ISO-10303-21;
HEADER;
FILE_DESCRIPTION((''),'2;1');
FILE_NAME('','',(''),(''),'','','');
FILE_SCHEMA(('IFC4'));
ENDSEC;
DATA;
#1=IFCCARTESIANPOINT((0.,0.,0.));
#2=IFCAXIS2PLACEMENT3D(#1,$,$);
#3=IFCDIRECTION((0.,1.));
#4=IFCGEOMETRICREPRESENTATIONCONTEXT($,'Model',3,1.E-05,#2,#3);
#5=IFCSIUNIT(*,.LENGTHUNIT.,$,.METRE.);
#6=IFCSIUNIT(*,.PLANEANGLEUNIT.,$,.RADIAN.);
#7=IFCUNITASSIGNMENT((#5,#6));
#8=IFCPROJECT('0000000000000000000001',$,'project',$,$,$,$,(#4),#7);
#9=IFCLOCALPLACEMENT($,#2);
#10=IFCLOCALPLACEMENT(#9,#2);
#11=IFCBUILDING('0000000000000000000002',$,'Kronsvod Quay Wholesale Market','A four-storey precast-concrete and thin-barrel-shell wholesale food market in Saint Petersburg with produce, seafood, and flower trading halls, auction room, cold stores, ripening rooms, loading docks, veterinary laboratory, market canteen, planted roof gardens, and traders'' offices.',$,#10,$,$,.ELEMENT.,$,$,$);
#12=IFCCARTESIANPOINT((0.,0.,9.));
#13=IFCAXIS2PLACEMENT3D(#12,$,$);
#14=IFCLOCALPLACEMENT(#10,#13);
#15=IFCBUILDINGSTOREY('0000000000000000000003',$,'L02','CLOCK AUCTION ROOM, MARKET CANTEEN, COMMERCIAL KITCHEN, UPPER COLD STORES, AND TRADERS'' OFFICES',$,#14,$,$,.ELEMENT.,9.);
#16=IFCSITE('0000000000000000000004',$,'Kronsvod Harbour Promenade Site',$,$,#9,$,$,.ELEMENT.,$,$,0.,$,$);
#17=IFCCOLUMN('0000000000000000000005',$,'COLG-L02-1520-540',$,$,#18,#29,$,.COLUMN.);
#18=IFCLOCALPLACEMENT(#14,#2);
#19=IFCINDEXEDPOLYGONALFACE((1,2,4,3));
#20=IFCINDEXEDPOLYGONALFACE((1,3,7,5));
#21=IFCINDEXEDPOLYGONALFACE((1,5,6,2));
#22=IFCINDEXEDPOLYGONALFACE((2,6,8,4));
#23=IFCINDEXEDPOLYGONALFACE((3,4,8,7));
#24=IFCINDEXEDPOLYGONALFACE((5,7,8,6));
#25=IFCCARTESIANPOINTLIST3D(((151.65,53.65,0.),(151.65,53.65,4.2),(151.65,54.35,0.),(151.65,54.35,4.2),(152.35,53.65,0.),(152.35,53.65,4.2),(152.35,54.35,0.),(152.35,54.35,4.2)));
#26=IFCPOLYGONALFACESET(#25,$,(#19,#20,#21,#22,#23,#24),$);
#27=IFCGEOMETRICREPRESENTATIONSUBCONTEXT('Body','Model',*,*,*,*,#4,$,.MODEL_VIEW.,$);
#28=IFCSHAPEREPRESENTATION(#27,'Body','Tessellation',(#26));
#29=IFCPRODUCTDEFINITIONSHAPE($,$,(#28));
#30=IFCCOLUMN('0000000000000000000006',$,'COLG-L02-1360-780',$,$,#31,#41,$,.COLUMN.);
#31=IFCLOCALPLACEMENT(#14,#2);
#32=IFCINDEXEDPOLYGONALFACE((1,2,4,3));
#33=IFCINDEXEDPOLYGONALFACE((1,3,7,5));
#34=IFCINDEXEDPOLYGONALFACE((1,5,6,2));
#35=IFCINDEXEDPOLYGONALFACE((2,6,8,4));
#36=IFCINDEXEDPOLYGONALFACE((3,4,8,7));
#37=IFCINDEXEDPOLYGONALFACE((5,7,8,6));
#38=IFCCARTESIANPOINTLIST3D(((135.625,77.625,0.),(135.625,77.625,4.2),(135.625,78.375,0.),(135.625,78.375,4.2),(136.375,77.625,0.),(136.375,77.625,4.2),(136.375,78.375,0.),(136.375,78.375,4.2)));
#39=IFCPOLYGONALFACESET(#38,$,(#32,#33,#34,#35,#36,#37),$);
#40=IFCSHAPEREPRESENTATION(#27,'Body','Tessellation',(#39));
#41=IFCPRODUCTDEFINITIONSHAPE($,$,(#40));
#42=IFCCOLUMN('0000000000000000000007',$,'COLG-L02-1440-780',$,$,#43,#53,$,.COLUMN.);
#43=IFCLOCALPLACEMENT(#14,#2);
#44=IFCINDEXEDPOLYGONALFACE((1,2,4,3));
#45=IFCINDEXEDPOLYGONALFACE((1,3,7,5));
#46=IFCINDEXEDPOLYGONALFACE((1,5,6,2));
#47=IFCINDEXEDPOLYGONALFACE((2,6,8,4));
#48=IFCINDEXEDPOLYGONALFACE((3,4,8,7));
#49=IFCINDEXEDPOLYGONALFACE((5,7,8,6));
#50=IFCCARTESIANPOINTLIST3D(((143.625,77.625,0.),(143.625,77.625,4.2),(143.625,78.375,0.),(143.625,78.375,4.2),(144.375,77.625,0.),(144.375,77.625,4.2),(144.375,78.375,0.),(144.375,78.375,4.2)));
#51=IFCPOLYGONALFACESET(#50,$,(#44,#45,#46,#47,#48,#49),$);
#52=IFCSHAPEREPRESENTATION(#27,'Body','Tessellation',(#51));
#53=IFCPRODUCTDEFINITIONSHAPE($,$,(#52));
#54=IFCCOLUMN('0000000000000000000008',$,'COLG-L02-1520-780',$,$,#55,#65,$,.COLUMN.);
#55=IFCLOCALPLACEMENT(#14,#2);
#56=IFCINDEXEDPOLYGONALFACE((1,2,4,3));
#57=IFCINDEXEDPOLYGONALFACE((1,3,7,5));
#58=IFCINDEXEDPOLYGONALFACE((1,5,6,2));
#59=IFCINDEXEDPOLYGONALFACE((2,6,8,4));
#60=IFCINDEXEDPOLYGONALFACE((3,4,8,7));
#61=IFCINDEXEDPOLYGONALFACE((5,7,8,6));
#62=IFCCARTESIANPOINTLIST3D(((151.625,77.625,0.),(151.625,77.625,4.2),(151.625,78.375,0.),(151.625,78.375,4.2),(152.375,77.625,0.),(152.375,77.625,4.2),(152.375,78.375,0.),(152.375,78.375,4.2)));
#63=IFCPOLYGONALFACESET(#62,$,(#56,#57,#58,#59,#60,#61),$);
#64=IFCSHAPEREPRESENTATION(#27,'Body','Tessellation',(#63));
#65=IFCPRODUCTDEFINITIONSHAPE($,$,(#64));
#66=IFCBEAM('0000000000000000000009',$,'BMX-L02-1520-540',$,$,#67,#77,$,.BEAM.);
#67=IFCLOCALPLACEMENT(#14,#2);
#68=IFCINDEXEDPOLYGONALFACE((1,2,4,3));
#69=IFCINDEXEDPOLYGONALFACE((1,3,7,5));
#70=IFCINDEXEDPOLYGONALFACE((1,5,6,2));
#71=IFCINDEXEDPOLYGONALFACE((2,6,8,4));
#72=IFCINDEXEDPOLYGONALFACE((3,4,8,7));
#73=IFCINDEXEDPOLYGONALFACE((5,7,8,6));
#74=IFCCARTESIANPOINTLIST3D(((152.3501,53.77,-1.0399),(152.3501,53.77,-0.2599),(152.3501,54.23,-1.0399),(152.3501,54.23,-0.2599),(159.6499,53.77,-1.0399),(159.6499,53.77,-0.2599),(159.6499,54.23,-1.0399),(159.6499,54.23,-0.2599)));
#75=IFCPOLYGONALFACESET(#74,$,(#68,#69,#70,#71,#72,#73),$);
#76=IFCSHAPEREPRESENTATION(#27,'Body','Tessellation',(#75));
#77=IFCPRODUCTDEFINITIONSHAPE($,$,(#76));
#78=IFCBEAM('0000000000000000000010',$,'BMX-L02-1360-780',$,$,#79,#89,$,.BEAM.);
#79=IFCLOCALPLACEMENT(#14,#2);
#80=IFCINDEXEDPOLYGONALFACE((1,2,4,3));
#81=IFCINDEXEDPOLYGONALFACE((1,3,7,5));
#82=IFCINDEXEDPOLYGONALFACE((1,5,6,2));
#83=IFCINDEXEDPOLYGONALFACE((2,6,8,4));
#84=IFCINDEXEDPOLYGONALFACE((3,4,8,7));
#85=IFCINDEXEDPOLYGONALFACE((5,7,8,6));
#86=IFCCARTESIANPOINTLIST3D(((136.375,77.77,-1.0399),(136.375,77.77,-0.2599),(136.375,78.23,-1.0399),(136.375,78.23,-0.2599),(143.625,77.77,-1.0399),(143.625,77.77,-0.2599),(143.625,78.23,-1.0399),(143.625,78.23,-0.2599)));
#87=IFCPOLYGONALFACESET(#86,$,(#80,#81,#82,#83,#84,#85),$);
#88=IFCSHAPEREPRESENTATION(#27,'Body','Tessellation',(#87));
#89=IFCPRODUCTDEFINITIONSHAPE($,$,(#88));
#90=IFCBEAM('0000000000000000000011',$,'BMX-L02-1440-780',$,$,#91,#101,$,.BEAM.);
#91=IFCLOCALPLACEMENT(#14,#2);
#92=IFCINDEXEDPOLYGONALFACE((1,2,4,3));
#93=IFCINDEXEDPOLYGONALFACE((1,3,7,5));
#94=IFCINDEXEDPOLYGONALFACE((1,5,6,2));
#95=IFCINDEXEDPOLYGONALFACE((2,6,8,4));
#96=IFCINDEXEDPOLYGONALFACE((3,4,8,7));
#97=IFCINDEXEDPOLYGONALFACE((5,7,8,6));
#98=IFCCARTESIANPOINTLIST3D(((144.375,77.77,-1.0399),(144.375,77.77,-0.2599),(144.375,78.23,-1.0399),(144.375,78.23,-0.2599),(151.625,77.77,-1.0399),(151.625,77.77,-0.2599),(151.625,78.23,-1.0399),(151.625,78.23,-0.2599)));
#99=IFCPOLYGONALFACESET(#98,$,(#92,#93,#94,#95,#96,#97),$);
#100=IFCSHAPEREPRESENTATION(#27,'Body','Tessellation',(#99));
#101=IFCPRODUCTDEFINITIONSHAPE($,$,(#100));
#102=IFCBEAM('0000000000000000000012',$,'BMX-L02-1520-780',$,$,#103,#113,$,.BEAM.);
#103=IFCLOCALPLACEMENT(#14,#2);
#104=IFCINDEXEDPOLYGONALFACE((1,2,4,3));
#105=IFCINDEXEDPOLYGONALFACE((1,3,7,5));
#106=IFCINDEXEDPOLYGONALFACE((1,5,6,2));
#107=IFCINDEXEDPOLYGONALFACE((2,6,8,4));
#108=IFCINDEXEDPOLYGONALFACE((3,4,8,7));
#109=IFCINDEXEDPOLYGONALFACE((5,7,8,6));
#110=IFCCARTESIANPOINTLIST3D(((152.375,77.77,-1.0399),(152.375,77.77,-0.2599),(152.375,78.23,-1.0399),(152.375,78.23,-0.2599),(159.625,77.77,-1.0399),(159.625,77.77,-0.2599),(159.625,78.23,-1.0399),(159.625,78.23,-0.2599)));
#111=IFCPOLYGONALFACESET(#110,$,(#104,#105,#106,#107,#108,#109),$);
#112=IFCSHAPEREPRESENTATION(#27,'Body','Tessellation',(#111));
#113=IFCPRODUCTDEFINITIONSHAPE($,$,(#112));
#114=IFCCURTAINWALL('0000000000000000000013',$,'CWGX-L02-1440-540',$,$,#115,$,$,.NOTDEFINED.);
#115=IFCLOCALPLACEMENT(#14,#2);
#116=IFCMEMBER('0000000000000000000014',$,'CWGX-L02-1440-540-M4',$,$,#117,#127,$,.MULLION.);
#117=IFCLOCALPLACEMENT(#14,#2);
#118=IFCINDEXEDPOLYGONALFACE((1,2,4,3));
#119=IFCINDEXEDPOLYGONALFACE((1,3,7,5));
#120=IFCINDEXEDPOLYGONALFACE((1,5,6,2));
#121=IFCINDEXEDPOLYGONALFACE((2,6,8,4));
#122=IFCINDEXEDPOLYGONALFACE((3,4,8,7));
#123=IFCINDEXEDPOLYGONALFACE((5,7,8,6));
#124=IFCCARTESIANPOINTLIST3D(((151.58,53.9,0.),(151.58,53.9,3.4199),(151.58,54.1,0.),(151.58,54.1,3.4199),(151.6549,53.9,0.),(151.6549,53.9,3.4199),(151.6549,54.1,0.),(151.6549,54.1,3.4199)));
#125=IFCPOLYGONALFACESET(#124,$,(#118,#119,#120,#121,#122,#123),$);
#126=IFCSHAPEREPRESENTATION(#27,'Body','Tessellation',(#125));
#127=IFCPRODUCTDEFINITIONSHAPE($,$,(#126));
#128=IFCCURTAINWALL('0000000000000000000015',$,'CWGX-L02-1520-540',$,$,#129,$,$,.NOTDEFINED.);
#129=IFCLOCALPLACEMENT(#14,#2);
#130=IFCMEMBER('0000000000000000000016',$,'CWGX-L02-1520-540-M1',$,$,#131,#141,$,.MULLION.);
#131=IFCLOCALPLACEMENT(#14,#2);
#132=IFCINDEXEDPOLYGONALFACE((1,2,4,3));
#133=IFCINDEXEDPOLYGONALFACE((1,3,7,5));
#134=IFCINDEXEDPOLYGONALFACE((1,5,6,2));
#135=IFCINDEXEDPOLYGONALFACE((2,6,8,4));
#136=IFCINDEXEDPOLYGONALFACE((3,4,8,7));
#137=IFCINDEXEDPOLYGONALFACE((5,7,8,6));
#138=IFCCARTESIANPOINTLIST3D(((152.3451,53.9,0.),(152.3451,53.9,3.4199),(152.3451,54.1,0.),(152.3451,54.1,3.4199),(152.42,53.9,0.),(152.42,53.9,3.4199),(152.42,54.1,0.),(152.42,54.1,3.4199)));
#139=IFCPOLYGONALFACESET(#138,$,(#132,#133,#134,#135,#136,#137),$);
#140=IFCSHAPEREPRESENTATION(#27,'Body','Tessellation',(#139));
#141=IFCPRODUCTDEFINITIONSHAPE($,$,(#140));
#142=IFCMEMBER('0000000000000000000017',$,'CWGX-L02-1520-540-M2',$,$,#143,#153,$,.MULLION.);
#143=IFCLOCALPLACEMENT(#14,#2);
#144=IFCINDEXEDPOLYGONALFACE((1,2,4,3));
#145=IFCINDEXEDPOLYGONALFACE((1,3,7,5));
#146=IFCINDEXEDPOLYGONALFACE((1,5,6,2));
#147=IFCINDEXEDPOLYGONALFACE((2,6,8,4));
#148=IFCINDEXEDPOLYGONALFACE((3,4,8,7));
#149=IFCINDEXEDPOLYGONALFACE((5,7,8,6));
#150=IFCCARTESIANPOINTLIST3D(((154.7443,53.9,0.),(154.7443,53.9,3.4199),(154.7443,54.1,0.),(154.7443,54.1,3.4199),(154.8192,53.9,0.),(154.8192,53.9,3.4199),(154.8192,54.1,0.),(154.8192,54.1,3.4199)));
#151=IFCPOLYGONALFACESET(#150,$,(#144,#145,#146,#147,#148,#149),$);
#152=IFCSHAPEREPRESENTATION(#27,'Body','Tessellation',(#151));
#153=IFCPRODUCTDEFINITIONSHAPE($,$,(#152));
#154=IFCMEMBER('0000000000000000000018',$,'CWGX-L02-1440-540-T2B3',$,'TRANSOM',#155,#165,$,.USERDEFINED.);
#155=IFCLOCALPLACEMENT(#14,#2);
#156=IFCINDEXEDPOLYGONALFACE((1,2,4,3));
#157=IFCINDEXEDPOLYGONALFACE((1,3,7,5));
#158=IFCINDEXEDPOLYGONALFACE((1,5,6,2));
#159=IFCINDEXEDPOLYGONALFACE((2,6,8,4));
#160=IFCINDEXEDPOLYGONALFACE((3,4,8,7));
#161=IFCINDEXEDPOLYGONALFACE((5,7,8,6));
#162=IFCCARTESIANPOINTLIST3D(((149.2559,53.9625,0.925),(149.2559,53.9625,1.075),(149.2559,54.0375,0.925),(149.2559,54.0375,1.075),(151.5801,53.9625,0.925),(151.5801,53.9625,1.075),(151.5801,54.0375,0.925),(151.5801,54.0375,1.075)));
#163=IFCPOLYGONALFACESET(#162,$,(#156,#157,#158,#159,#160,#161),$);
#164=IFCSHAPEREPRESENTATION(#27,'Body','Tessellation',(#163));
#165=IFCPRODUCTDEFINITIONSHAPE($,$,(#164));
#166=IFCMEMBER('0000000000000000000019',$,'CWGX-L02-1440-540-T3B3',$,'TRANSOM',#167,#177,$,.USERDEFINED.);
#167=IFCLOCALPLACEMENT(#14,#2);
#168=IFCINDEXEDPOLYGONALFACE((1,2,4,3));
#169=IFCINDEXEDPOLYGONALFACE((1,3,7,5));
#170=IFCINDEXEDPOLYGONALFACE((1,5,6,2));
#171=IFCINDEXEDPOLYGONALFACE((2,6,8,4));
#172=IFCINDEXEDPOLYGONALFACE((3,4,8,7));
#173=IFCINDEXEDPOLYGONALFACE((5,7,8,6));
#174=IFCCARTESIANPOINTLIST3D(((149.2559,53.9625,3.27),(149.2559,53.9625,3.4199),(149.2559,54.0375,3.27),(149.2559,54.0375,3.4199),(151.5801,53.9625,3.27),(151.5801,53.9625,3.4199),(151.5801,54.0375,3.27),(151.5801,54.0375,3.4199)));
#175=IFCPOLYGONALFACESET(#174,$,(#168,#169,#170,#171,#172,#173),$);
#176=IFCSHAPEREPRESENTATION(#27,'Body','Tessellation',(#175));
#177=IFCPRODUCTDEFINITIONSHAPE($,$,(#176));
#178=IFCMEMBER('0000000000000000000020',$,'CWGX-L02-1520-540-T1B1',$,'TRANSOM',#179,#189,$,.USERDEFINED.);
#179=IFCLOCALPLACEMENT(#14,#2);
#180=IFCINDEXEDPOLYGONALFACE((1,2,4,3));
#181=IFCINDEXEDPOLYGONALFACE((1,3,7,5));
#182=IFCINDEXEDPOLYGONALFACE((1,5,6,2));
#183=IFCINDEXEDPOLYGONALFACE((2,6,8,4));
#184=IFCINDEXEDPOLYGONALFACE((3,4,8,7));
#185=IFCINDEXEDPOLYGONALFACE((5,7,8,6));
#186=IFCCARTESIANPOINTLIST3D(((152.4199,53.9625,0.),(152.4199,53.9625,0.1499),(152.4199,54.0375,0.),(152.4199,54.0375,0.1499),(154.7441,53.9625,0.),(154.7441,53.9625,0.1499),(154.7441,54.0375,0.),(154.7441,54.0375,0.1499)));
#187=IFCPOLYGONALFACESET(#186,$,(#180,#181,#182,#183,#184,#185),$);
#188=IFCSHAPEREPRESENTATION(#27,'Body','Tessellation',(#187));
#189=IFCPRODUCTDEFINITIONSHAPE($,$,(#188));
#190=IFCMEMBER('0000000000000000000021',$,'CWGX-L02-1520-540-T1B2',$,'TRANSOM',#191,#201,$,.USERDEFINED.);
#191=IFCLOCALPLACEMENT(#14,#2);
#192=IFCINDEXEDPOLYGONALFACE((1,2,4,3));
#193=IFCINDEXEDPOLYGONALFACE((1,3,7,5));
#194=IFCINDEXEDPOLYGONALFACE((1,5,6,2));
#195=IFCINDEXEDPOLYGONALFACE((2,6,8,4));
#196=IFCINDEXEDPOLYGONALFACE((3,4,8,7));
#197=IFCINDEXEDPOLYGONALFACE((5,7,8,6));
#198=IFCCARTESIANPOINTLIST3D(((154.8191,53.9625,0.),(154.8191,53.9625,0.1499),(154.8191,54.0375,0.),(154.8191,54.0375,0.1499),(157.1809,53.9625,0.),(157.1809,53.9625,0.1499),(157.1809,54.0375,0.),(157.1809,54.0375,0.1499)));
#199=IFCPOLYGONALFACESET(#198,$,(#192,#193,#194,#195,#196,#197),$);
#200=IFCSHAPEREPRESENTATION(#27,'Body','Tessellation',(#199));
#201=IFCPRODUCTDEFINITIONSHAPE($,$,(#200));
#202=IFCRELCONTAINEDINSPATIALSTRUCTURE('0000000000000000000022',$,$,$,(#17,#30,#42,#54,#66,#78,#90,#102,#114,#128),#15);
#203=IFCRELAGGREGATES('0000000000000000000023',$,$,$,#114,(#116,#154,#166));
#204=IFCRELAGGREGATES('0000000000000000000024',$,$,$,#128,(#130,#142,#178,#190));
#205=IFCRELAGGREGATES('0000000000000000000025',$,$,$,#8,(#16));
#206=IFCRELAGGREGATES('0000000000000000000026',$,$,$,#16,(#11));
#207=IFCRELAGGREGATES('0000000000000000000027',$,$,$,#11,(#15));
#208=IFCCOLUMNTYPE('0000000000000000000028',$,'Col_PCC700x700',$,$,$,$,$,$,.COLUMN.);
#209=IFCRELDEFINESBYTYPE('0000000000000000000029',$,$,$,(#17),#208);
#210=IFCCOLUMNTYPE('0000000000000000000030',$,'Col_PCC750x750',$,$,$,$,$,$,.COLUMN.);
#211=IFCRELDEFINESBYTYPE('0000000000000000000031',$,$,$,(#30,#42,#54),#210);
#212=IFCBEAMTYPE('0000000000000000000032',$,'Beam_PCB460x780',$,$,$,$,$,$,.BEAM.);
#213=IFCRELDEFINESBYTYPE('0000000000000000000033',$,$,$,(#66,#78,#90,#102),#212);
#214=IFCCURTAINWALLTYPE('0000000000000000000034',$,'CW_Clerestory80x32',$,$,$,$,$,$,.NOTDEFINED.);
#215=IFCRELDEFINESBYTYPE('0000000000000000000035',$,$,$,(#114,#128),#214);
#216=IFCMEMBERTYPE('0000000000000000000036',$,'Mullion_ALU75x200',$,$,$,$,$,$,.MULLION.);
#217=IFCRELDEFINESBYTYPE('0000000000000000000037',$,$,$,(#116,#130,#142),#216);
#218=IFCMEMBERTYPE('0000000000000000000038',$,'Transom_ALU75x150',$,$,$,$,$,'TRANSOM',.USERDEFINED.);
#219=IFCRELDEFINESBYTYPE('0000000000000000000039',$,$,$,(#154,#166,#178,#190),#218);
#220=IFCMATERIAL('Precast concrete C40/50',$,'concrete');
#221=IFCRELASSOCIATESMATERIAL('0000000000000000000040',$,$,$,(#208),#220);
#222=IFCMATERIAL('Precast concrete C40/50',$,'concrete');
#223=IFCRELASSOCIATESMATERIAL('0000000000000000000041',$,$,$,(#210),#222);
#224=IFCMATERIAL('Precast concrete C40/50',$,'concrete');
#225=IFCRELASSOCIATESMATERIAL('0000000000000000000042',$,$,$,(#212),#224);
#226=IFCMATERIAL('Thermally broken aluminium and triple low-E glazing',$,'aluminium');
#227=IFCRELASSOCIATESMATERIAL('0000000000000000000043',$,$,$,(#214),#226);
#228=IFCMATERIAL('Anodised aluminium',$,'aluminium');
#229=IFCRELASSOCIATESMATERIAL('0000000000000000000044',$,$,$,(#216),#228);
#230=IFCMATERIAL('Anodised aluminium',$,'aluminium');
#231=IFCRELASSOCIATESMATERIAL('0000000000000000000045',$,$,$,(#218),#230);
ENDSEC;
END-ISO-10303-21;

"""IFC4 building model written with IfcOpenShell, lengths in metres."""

from ifc_helpers import new_model, si_unit, direction, frame, origin, origin_2d, place, context, subcontext, project, spatial, rectangle, extrude, material, material_profile, profile_set, type_object, element, aggregate, save


model = new_model("IFC4")

# Units and contexts
model_context = context("Model", 3, precision=1e-05, world=origin(), true_north=direction((0.0, 1.0)))
body_context = subcontext(model_context, "Body", "Model", "MODEL_VIEW")
ifc_project = project(units=[si_unit("LENGTHUNIT", "METRE"), si_unit("PLANEANGLEUNIT", "RADIAN")], contexts=[model_context])

# Site, building, storey
site_placement = place(None, origin())
site = spatial("IfcSite", under=ifc_project, at=site_placement, Name="Kronsvod Harbour Promenade Site", CompositionType="ELEMENT", RefElevation=0.0)
building_placement = place(site_placement, origin())
building = spatial("IfcBuilding", under=site, at=building_placement, Name="Kronsvod Quay Wholesale Market", Description="A four-storey precast-concrete and thin-barrel-shell wholesale food market in Saint Petersburg with produce, seafood, and flower trading halls, auction room, cold stores, ripening rooms, loading docks, veterinary laboratory, market canteen, planted roof gardens, and traders' offices.", CompositionType="ELEMENT")
storey_placement = place(building_placement, frame((0.0, 0.0, 9.0)))
storey = spatial("IfcBuildingStorey", under=building, at=storey_placement, Name="L02", Description="CLOCK AUCTION ROOM, MARKET CANTEEN, COMMERCIAL KITCHEN, UPPER COLD STORES, AND TRADERS' OFFICES", CompositionType="ELEMENT", Elevation=9.0)

# Columns
ifc_material_1 = material(Name="Precast concrete C40/50", Category="concrete")
ifc_material_profile_1 = material_profile(ifc_material_1, rectangle(XDim=0.7, YDim=0.7, at=origin_2d()), Name="PCC700x700")
ifc_profile_set_1 = profile_set([ifc_material_profile_1], Name="Precast concrete C40/50")
column_type_1 = type_object("IfcColumnType", Name="Col_PCC700x700", PredefinedType="COLUMN", material=ifc_profile_set_1)
column_placement = place(storey_placement, frame((152.0, 54.0, 0.0), z_axis=(0.0, 0.0, 1.0), x_axis=(1.0, 0.0, 0.0)))
element("IfcColumn", 1, at=column_placement, inside=storey, type_object=column_type_1, Name="COLG-L02-1520-540", PredefinedType="COLUMN", context=body_context, shape_type="SweptSolid", body=[
    extrude(rectangle(XDim=0.7, YDim=0.7, at=origin_2d()), origin(), (0.0, 0.0, 1.0), 4.2),
])
ifc_material_2 = material(Name="Precast concrete C40/50", Category="concrete")
ifc_material_profile_2 = material_profile(ifc_material_2, rectangle(XDim=0.75, YDim=0.75, at=origin_2d()), Name="COL-07")
ifc_profile_set_2 = profile_set([ifc_material_profile_2], Name="Precast concrete C40/50")
column_type_2 = type_object("IfcColumnType", Name="Col_PCC750x750", PredefinedType="COLUMN", material=ifc_profile_set_2)
for number, where, z_axis, x_axis, name in (
    (2, (136.0, 78.0, 0.0), (0.0, 0.0, 1.0), (1.0, 0.0, 0.0), "COLG-L02-1360-780"),
    (3, (144.0, 78.0, 0.0), (0.0, 0.0, 1.0), (1.0, 0.0, 0.0), "COLG-L02-1440-780"),
    (4, (152.0, 78.0, 0.0), (0.0, 0.0, 1.0), (1.0, 0.0, 0.0), "COLG-L02-1520-780"),
):
    element("IfcColumn", number, at=place(storey_placement, frame(where, z_axis=z_axis, x_axis=x_axis)), inside=storey, type_object=column_type_2, Name=name, PredefinedType="COLUMN", context=body_context, shape_type="SweptSolid", body=[
        extrude(rectangle(XDim=0.75, YDim=0.75, at=origin_2d()), origin(), (0.0, 0.0, 1.0), 4.2),
    ])

# Beams
ifc_material_3 = material(Name="Precast concrete C40/50", Category="concrete")
ifc_material_profile_3 = material_profile(ifc_material_3, rectangle(XDim=0.46, YDim=0.78, at=origin_2d()), Name="PB-03")
ifc_profile_set_3 = profile_set([ifc_material_profile_3], Name="Precast concrete C40/50")
beam_type = type_object("IfcBeamType", Name="Beam_PCB460x780", PredefinedType="BEAM", material=ifc_profile_set_3)
beam_placement = place(storey_placement, frame((152.3501, 54.0, -0.6499), z_axis=(1.0, 0.0, 0.0), x_axis=(0.0, 1.0, 0.0)))
element("IfcBeam", 5, at=beam_placement, inside=storey, type_object=beam_type, Name="BMX-L02-1520-540", PredefinedType="BEAM", context=body_context, shape_type="SweptSolid", body=[
    extrude(rectangle(XDim=0.46, YDim=0.78, at=origin_2d()), origin(), (0.0, 0.0, 1.0), 7.2998),
])
for number, where, z_axis, x_axis, name in (
    (6, (136.375, 78.0, -0.6499), (1.0, 0.0, 0.0), (0.0, 1.0, 0.0), "BMX-L02-1360-780"),
    (7, (144.375, 78.0, -0.6499), (1.0, 0.0, 0.0), (0.0, 1.0, 0.0), "BMX-L02-1440-780"),
    (8, (152.375, 78.0, -0.6499), (1.0, 0.0, 0.0), (0.0, 1.0, 0.0), "BMX-L02-1520-780"),
):
    element("IfcBeam", number, at=place(storey_placement, frame(where, z_axis=z_axis, x_axis=x_axis)), inside=storey, type_object=beam_type, Name=name, PredefinedType="BEAM", context=body_context, shape_type="SweptSolid", body=[
        extrude(rectangle(XDim=0.46, YDim=0.78, at=origin_2d()), origin(), (0.0, 0.0, 1.0), 7.25),
    ])

# Curtain wall, member
ifc_material_4 = material(Name="Thermally broken aluminium and triple low-E glazing", Category="aluminium")
curtain_wall_type = type_object("IfcCurtainWallType", Name="CW_Clerestory80x32", PredefinedType="NOTDEFINED", material=ifc_material_4)
curtain_wall_1_placement = place(storey_placement, origin())
curtain_wall_1 = element("IfcCurtainWall", 9, at=curtain_wall_1_placement, inside=storey, type_object=curtain_wall_type, Name="CWGX-L02-1440-540", PredefinedType="NOTDEFINED")
ifc_material_5 = material(Name="Anodised aluminium", Category="aluminium")
ifc_material_profile_4 = material_profile(ifc_material_5, rectangle(XDim=0.075, YDim=0.2, at=origin_2d()), Name="ALUM75x200")
ifc_profile_set_4 = profile_set([ifc_material_profile_4], Name="Anodised aluminium")
member_type_1 = type_object("IfcMemberType", Name="Mullion_ALU75x200", PredefinedType="MULLION", material=ifc_profile_set_4)
member_1_placement = place(storey_placement, frame((151.6174, 54.0, 0.0), z_axis=(0.0, 0.0, 1.0), x_axis=(1.0, 0.0, 0.0)))
member_1 = element("IfcMember", 10, at=member_1_placement, type_object=member_type_1, Name="CWGX-L02-1440-540-M4", PredefinedType="MULLION", context=body_context, shape_type="SweptSolid", body=[
    extrude(rectangle(XDim=0.075, YDim=0.2, at=origin_2d()), origin(), (0.0, 0.0, 1.0), 3.4199),
])

# Curtain wall, members
curtain_wall_2_placement = place(storey_placement, origin())
curtain_wall_2 = element("IfcCurtainWall", 11, at=curtain_wall_2_placement, inside=storey, type_object=curtain_wall_type, Name="CWGX-L02-1520-540", PredefinedType="NOTDEFINED")
member_2_placement = place(storey_placement, frame((152.3826, 54.0, 0.0), z_axis=(0.0, 0.0, 1.0), x_axis=(1.0, 0.0, 0.0)))
member_2 = element("IfcMember", 12, at=member_2_placement, type_object=member_type_1, Name="CWGX-L02-1520-540-M1", PredefinedType="MULLION", context=body_context, shape_type="SweptSolid", body=[
    extrude(rectangle(XDim=0.075, YDim=0.2, at=origin_2d()), origin(), (0.0, 0.0, 1.0), 3.4199),
])
member_3_placement = place(storey_placement, frame((154.7817, 54.0, 0.0), z_axis=(0.0, 0.0, 1.0), x_axis=(1.0, 0.0, 0.0)))
member_3 = element("IfcMember", 13, at=member_3_placement, type_object=member_type_1, Name="CWGX-L02-1520-540-M2", PredefinedType="MULLION", context=body_context, shape_type="SweptSolid", body=[
    extrude(rectangle(XDim=0.075, YDim=0.2, at=origin_2d()), origin(), (0.0, 0.0, 1.0), 3.4199),
])

# Members
ifc_material_6 = material(Name="Anodised aluminium", Category="aluminium")
ifc_material_profile_5 = material_profile(ifc_material_6, rectangle(XDim=0.075, YDim=0.1499, at=origin_2d()), Name="ALUT75x150")
ifc_profile_set_5 = profile_set([ifc_material_profile_5], Name="Anodised aluminium")
member_type_2 = type_object("IfcMemberType", Name="Transom_ALU75x150", ElementType="TRANSOM", PredefinedType="USERDEFINED", material=ifc_profile_set_5)
member_4_placement = place(storey_placement, frame((149.2559, 54.0, 1.0), z_axis=(1.0, 0.0, 0.0), x_axis=(0.0, 1.0, 0.0)))
member_4 = element("IfcMember", 14, at=member_4_placement, type_object=member_type_2, Name="CWGX-L02-1440-540-T2B3", ObjectType="TRANSOM", PredefinedType="USERDEFINED", context=body_context, shape_type="SweptSolid", body=[
    extrude(rectangle(XDim=0.075, YDim=0.1499, at=origin_2d()), origin(), (0.0, 0.0, 1.0), 2.3242),
])
member_5_placement = place(storey_placement, frame((149.2559, 54.0, 3.345), z_axis=(1.0, 0.0, 0.0), x_axis=(0.0, 1.0, 0.0)))
member_5 = element("IfcMember", 15, at=member_5_placement, type_object=member_type_2, Name="CWGX-L02-1440-540-T3B3", ObjectType="TRANSOM", PredefinedType="USERDEFINED", context=body_context, shape_type="SweptSolid", body=[
    extrude(rectangle(XDim=0.075, YDim=0.1499, at=origin_2d()), origin(), (0.0, 0.0, 1.0), 2.3242),
])
member_6_placement = place(storey_placement, frame((152.4199, 54.0, 0.075), z_axis=(1.0, 0.0, 0.0), x_axis=(0.0, 1.0, 0.0)))
member_6 = element("IfcMember", 16, at=member_6_placement, type_object=member_type_2, Name="CWGX-L02-1520-540-T1B1", ObjectType="TRANSOM", PredefinedType="USERDEFINED", context=body_context, shape_type="SweptSolid", body=[
    extrude(rectangle(XDim=0.075, YDim=0.1499, at=origin_2d()), origin(), (0.0, 0.0, 1.0), 2.3242),
])
member_7_placement = place(storey_placement, frame((154.8191, 54.0, 0.075), z_axis=(1.0, 0.0, 0.0), x_axis=(0.0, 1.0, 0.0)))
member_7 = element("IfcMember", 17, at=member_7_placement, type_object=member_type_2, Name="CWGX-L02-1520-540-T1B2", ObjectType="TRANSOM", PredefinedType="USERDEFINED", context=body_context, shape_type="SweptSolid", body=[
    extrude(rectangle(XDim=0.075, YDim=0.1499, at=origin_2d()), origin(), (0.0, 0.0, 1.0), 2.3618),
])

aggregate(curtain_wall_1, [member_1, member_4, member_5])
aggregate(curtain_wall_2, [member_2, member_3, member_6, member_7])

save(model, "model.ifc")
